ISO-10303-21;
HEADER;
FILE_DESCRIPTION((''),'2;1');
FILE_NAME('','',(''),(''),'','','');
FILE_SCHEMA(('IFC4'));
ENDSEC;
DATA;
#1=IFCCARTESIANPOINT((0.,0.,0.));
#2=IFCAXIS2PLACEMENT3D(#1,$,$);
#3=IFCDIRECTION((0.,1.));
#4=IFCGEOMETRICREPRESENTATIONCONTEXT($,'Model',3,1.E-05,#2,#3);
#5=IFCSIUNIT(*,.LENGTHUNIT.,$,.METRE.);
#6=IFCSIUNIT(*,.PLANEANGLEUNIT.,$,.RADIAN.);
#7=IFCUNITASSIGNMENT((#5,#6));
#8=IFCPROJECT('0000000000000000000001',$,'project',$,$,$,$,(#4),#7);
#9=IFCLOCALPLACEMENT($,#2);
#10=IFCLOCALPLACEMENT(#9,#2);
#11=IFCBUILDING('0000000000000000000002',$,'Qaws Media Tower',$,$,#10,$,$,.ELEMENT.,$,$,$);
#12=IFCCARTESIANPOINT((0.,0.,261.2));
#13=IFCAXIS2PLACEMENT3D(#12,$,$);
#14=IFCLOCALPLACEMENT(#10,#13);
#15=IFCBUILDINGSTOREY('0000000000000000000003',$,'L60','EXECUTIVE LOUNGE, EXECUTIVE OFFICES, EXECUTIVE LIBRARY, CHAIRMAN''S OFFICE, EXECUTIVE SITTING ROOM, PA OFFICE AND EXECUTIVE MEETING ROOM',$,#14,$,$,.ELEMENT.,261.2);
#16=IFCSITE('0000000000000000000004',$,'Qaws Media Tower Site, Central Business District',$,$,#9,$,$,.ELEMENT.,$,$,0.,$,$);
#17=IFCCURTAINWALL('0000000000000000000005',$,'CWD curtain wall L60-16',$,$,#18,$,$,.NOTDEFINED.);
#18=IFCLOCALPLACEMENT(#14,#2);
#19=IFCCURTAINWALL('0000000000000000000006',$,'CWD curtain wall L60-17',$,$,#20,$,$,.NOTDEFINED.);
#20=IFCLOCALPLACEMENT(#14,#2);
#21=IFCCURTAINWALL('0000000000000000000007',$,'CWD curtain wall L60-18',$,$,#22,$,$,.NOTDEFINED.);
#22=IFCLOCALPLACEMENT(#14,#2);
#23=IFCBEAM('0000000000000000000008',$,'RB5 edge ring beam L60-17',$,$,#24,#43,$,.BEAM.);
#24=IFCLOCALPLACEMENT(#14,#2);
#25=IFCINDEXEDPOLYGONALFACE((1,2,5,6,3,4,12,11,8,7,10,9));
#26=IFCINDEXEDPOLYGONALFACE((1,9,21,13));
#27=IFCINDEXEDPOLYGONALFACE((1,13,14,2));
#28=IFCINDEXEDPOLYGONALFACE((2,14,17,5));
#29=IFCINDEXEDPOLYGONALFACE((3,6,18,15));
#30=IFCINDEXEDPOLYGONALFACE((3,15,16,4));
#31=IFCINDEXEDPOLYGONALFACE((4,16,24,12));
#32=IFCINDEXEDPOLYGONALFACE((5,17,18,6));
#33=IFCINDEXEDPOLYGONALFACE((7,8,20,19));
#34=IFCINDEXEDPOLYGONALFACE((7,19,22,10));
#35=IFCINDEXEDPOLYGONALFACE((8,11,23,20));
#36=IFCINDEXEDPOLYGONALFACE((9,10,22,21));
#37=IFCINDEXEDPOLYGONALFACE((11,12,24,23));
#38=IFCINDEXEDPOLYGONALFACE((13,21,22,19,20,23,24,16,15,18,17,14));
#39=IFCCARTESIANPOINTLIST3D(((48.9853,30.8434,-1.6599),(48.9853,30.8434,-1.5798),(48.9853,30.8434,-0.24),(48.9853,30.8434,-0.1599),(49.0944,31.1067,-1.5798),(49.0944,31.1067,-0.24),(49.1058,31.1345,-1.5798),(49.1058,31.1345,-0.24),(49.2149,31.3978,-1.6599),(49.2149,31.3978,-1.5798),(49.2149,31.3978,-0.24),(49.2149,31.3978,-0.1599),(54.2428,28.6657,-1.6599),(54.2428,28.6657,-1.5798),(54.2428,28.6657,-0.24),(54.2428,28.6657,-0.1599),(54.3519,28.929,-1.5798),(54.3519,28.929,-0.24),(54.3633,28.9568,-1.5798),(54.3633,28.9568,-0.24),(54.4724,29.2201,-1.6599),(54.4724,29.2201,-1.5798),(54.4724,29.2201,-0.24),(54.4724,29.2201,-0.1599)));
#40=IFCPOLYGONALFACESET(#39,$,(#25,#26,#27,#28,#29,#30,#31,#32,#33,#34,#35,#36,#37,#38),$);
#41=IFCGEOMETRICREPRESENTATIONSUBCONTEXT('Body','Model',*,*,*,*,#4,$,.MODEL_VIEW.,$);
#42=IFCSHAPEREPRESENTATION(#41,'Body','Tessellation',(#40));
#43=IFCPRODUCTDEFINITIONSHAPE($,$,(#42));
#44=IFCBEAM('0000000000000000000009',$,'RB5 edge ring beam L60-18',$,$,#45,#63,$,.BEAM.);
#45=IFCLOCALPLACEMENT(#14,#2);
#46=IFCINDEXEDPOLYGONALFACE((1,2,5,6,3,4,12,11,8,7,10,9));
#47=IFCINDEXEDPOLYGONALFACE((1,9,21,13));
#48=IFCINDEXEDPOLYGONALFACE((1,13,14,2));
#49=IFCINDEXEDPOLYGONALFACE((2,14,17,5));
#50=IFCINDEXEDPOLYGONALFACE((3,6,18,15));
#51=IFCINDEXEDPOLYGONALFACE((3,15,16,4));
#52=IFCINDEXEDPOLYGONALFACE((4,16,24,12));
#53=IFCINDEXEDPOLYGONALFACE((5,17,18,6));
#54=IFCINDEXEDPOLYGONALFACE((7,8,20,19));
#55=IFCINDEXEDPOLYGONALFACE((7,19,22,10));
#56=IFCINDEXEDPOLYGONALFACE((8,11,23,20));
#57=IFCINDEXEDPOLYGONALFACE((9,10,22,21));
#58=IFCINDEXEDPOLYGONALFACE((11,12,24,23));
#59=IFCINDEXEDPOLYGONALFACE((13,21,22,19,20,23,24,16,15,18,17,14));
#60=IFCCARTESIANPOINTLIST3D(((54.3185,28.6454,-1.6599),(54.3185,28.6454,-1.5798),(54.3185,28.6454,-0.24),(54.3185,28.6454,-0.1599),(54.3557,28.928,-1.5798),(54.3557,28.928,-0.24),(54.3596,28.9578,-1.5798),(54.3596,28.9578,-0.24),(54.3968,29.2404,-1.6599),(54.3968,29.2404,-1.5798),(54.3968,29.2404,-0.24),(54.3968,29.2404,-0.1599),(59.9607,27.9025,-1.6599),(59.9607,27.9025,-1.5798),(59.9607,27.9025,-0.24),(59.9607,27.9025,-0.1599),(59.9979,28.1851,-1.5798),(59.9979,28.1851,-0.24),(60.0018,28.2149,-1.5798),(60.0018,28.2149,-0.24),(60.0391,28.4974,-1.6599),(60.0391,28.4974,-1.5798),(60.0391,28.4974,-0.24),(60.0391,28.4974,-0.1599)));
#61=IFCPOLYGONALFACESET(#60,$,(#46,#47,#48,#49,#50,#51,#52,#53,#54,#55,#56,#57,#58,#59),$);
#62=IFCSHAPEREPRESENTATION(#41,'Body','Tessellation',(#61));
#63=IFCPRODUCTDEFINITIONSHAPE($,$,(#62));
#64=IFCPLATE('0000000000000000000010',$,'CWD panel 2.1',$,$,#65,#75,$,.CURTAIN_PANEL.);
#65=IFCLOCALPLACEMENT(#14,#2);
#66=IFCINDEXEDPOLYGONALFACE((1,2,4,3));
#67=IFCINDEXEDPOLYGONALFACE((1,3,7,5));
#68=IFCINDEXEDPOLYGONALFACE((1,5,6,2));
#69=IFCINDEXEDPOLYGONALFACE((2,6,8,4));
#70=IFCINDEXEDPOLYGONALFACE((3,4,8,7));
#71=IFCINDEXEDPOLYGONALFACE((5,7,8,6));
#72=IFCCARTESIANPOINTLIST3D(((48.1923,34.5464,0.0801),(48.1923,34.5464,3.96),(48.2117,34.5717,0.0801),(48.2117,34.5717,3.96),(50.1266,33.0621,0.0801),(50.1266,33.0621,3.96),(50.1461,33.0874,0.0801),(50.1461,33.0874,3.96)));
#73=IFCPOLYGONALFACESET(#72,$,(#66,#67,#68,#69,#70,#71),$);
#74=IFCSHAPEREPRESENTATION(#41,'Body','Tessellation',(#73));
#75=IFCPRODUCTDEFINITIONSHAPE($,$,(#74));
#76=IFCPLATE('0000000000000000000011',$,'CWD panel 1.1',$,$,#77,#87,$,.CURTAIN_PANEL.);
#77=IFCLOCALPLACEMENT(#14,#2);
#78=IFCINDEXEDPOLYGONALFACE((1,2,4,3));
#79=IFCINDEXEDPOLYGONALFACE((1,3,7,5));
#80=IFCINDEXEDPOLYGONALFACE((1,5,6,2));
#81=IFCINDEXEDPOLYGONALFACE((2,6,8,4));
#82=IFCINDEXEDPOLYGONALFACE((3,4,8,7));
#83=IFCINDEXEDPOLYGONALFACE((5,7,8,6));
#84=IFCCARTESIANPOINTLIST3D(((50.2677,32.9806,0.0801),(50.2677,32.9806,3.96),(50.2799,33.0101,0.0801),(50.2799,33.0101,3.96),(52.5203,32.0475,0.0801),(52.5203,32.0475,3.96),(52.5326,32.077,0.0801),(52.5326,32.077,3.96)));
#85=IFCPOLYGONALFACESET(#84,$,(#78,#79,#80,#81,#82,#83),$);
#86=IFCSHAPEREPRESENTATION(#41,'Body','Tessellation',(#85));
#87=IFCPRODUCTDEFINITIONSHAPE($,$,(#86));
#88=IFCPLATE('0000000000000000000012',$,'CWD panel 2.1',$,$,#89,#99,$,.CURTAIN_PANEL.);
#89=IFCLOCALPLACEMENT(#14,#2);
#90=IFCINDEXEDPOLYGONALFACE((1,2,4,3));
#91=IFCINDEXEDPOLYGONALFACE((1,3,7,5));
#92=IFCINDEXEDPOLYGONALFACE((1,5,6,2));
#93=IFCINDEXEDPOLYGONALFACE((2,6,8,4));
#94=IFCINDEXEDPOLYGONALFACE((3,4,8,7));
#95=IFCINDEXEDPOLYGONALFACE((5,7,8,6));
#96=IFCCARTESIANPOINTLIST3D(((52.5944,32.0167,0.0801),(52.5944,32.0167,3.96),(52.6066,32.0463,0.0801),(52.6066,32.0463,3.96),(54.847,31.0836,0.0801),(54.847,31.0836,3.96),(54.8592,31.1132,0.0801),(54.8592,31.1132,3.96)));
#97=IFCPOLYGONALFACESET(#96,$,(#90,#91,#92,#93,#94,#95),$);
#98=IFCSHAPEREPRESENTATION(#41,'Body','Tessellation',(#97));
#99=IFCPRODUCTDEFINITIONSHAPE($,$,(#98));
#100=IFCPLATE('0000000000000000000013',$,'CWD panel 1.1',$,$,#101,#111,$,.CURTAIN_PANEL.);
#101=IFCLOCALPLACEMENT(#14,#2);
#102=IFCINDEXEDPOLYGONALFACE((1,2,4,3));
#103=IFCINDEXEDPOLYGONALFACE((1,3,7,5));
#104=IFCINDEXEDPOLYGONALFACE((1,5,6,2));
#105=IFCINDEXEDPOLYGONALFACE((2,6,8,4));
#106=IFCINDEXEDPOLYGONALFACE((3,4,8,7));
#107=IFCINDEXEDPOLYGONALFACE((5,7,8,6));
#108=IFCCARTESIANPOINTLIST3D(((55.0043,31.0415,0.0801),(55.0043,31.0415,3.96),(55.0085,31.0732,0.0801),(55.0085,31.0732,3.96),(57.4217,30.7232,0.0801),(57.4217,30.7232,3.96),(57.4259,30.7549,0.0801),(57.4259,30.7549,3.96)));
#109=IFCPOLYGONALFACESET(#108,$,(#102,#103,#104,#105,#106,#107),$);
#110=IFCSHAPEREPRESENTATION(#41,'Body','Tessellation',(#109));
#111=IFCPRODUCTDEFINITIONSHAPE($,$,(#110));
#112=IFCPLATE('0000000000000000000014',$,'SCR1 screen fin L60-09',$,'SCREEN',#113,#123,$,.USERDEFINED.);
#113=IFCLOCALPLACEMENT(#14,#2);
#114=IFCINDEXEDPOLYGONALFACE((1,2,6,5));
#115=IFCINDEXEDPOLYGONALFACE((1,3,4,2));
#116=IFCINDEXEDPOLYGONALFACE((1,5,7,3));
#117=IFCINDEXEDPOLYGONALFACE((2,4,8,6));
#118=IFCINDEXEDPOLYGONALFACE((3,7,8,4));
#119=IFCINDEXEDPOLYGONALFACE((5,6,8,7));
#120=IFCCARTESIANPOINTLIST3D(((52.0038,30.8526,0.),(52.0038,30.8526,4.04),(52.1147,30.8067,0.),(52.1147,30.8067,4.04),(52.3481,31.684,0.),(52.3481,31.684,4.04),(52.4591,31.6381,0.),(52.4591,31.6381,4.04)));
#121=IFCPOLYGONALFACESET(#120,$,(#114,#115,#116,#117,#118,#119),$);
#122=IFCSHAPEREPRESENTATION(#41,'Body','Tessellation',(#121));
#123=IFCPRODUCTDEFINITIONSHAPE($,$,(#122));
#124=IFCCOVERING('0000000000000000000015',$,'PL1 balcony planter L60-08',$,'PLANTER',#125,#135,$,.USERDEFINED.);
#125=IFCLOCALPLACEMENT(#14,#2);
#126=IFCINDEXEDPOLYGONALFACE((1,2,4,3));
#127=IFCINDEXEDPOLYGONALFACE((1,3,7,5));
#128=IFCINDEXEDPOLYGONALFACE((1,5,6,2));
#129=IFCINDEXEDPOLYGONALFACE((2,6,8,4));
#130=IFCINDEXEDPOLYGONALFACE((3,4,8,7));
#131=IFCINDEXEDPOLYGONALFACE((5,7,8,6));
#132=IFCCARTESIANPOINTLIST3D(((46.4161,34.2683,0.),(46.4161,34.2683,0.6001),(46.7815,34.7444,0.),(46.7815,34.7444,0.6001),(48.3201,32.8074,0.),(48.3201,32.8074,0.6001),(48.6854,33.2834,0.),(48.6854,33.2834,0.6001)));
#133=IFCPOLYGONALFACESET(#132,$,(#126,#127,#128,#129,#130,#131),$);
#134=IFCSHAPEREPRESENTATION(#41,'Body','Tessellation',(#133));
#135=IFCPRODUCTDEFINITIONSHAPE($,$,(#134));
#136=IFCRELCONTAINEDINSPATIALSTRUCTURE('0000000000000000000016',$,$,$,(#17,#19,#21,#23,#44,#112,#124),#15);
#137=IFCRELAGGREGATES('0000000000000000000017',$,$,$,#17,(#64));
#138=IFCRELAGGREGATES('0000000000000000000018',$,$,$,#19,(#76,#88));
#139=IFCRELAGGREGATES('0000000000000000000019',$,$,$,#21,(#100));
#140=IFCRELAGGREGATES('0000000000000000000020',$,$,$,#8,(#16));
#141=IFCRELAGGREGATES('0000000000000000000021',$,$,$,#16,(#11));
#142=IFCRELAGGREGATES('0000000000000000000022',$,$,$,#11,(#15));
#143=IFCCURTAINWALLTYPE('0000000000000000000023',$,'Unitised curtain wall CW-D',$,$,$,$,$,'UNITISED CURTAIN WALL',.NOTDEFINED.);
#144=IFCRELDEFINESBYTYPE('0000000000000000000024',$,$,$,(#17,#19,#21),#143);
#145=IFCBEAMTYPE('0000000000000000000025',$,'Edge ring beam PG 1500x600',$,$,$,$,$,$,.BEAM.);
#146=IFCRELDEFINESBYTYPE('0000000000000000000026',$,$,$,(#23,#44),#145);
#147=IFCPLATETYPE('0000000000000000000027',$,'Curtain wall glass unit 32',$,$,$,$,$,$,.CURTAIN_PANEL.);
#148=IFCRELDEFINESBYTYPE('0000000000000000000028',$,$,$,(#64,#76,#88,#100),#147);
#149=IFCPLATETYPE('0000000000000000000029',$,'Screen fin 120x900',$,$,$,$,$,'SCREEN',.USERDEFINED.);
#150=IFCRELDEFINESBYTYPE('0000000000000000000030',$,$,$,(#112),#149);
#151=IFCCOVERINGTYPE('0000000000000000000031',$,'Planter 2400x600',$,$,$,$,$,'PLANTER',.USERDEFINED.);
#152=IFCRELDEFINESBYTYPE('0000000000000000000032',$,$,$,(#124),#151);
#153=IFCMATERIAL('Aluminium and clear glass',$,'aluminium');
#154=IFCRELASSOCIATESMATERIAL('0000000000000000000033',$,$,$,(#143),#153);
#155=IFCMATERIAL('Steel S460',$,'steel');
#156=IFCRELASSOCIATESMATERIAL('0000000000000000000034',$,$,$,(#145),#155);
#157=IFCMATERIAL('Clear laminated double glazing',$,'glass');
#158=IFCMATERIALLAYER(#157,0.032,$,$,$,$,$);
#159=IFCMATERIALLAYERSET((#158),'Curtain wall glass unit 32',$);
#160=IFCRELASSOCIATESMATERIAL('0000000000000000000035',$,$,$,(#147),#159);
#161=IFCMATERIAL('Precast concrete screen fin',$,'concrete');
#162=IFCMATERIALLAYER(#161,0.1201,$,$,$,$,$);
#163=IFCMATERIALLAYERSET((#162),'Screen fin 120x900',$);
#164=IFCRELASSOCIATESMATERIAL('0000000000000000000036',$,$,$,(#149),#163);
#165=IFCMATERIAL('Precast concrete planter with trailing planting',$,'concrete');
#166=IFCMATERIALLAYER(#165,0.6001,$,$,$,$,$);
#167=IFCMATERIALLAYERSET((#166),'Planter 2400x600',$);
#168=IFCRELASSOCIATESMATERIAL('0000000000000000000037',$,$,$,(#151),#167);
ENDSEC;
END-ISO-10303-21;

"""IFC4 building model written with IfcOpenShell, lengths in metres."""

from ifc_helpers import new_model, si_unit, direction, frame, origin, origin_2d, place, context, subcontext, project, spatial, rectangle, i_section, extrude, material, layer, layer_set, material_profile, profile_set, type_object, element, aggregate, save


model = new_model("IFC4")

# Units and contexts
model_context = context("Model", 3, precision=1e-05, world=origin(), true_north=direction((0.0, 1.0)))
body_context = subcontext(model_context, "Body", "Model", "MODEL_VIEW")
ifc_project = project(units=[si_unit("LENGTHUNIT", "METRE"), si_unit("PLANEANGLEUNIT", "RADIAN")], contexts=[model_context])

# Site, building, storey
site_placement = place(None, origin())
site = spatial("IfcSite", under=ifc_project, at=site_placement, Name="Qaws Media Tower Site, Central Business District", CompositionType="ELEMENT", RefElevation=0.0)
building_placement = place(site_placement, origin())
building = spatial("IfcBuilding", under=site, at=building_placement, Name="Qaws Media Tower", CompositionType="ELEMENT")
storey_placement = place(building_placement, frame((0.0, 0.0, 261.2)))
storey = spatial("IfcBuildingStorey", under=building, at=storey_placement, Name="L60", Description="EXECUTIVE LOUNGE, EXECUTIVE OFFICES, EXECUTIVE LIBRARY, CHAIRMAN'S OFFICE, EXECUTIVE SITTING ROOM, PA OFFICE AND EXECUTIVE MEETING ROOM", CompositionType="ELEMENT", Elevation=261.2)

# Curtain walls
ifc_material_1 = material(Name="Aluminium and clear glass", Category="aluminium")
curtain_wall_type = type_object("IfcCurtainWallType", Name="Unitised curtain wall CW-D", ElementType="UNITISED CURTAIN WALL", PredefinedType="NOTDEFINED", material=ifc_material_1)
curtain_wall_1_placement = place(storey_placement, origin())
curtain_wall_1 = element("IfcCurtainWall", 1, at=curtain_wall_1_placement, inside=storey, type_object=curtain_wall_type, Name="CWD curtain wall L60-16", PredefinedType="NOTDEFINED")
curtain_wall_2_placement = place(storey_placement, origin())
curtain_wall_2 = element("IfcCurtainWall", 2, at=curtain_wall_2_placement, inside=storey, type_object=curtain_wall_type, Name="CWD curtain wall L60-17", PredefinedType="NOTDEFINED")

# Curtain wall
curtain_wall_3_placement = place(storey_placement, origin())
curtain_wall_3 = element("IfcCurtainWall", 3, at=curtain_wall_3_placement, inside=storey, type_object=curtain_wall_type, Name="CWD curtain wall L60-18", PredefinedType="NOTDEFINED")

# Beams
ifc_material_2 = material(Name="Steel S460", Category="steel")
ifc_material_profile_1 = material_profile(ifc_material_2, i_section(OverallWidth=0.6001, OverallDepth=1.5, WebThickness=0.03, FlangeThickness=0.0801, at=origin_2d()), Name="PG 1500x600")
ifc_profile_set_1 = profile_set([ifc_material_profile_1], Name="Steel S460")
beam_type = type_object("IfcBeamType", Name="Edge ring beam PG 1500x600", PredefinedType="BEAM", material=ifc_profile_set_1)
beam_1_placement = place(storey_placement, frame((49.1001, 31.1206, -0.9099), z_axis=(0.923881, -0.38268, 0.0), x_axis=(0.38268, 0.923881, 0.0)))
element("IfcBeam", 4, at=beam_1_placement, inside=storey, type_object=beam_type, Name="RB5 edge ring beam L60-17", PredefinedType="BEAM", context=body_context, shape_type="SweptSolid", body=[
    extrude(i_section(OverallWidth=0.6001, OverallDepth=1.5, WebThickness=0.03, FlangeThickness=0.0801, at=origin_2d()), origin(), (0.0, 0.0, 1.0), 5.6907),
])
beam_2_placement = place(storey_placement, frame((54.3577, 28.9429, -0.9099), z_axis=(0.991443, -0.130542, 0.0), x_axis=(0.130542, 0.991443, 0.0)))
element("IfcBeam", 5, at=beam_2_placement, inside=storey, type_object=beam_type, Name="RB5 edge ring beam L60-18", PredefinedType="BEAM", context=body_context, shape_type="SweptSolid", body=[
    extrude(i_section(OverallWidth=0.6001, OverallDepth=1.5, WebThickness=0.03, FlangeThickness=0.0801, at=origin_2d()), origin(), (0.0, 0.0, 1.0), 5.6909),
])

# Plates
ifc_material_3 = material(Name="Clear laminated double glazing", Category="glass")
ifc_layer_1 = layer(ifc_material_3, 0.032)
ifc_layer_set_1 = layer_set([ifc_layer_1], Name="Curtain wall glass unit 32")
plate_type_1 = type_object("IfcPlateType", Name="Curtain wall glass unit 32", PredefinedType="CURTAIN_PANEL", material=ifc_layer_set_1)
plate_1_placement = place(storey_placement, frame((49.1692, 33.8169, 0.0801), z_axis=(0.0, 0.0, 1.0), x_axis=(0.793353, -0.608761, 0.0)))
plate_1 = element("IfcPlate", 6, at=plate_1_placement, type_object=plate_type_1, Name="CWD panel 2.1", PredefinedType="CURTAIN_PANEL", context=body_context, shape_type="SweptSolid", body=[
    extrude(rectangle(XDim=2.4382, YDim=0.032, at=origin_2d()), origin(), (0.0, 0.0, 1.0), 3.8799),
])
aggregate(curtain_wall_1, [plate_1])
plate_2_placement = place(storey_placement, frame((51.4001, 32.5288, 0.0801), z_axis=(0.0, 0.0, 1.0), x_axis=(0.92388, -0.382683, 0.0)))
plate_2 = element("IfcPlate", 7, at=plate_2_placement, type_object=plate_type_1, Name="CWD panel 1.1", PredefinedType="CURTAIN_PANEL", context=body_context, shape_type="SweptSolid", body=[
    extrude(rectangle(XDim=2.4382, YDim=0.032, at=origin_2d()), origin(), (0.0, 0.0, 1.0), 3.8799),
])
plate_3_placement = place(storey_placement, frame((53.7268, 31.5649, 0.0801), z_axis=(0.0, 0.0, 1.0), x_axis=(0.92388, -0.382683, 0.0)))
plate_3 = element("IfcPlate", 8, at=plate_3_placement, type_object=plate_type_1, Name="CWD panel 2.1", PredefinedType="CURTAIN_PANEL", context=body_context, shape_type="SweptSolid", body=[
    extrude(rectangle(XDim=2.4382, YDim=0.032, at=origin_2d()), origin(), (0.0, 0.0, 1.0), 3.8799),
])
aggregate(curtain_wall_2, [plate_2, plate_3])
plate_4_placement = place(storey_placement, frame((56.2151, 30.8982, 0.0801), z_axis=(0.0, 0.0, 1.0), x_axis=(0.991445, -0.130526, 0.0)))
plate_4 = element("IfcPlate", 9, at=plate_4_placement, type_object=plate_type_1, Name="CWD panel 1.1", PredefinedType="CURTAIN_PANEL", context=body_context, shape_type="SweptSolid", body=[
    extrude(rectangle(XDim=2.4382, YDim=0.032, at=origin_2d()), origin(), (0.0, 0.0, 1.0), 3.8799),
])
aggregate(curtain_wall_3, [plate_4])
ifc_material_4 = material(Name="Precast concrete screen fin", Category="concrete")
ifc_layer_2 = layer(ifc_material_4, 0.1201)
ifc_layer_set_2 = layer_set([ifc_layer_2], Name="Screen fin 120x900")
plate_type_2 = type_object("IfcPlateType", Name="Screen fin 120x900", ElementType="SCREEN", PredefinedType="USERDEFINED", material=ifc_layer_set_2)
plate_5_placement = place(storey_placement, frame((52.2314, 31.2454, 0.0), z_axis=(0.0, 0.0, 1.0), x_axis=(-0.382683, -0.92388, 0.0)))
element("IfcPlate", 10, at=plate_5_placement, inside=storey, type_object=plate_type_2, Name="SCR1 screen fin L60-09", ObjectType="SCREEN", PredefinedType="USERDEFINED", context=body_context, shape_type="SweptSolid", body=[
    extrude(rectangle(XDim=0.8999, YDim=0.1201, at=origin_2d()), origin(), (0.0, 0.0, 1.0), 4.04),
])

# Covering
ifc_material_5 = material(Name="Precast concrete planter with trailing planting", Category="concrete")
ifc_layer_3 = layer(ifc_material_5, 0.6001)
ifc_layer_set_3 = layer_set([ifc_layer_3], Name="Planter 2400x600")
covering_type = type_object("IfcCoveringType", Name="Planter 2400x600", ElementType="PLANTER", PredefinedType="USERDEFINED", material=ifc_layer_set_3)
covering_placement = place(storey_placement, frame((47.5508, 33.7759, 0.0), z_axis=(0.0, 0.0, 1.0), x_axis=(0.793353, -0.608761, 0.0)))
element("IfcCovering", 11, at=covering_placement, inside=storey, type_object=covering_type, Name="PL1 balcony planter L60-08", ObjectType="PLANTER", PredefinedType="USERDEFINED", context=body_context, shape_type="SweptSolid", body=[
    extrude(rectangle(XDim=2.3999, YDim=0.6001, at=origin_2d()), origin(), (0.0, 0.0, 1.0), 0.6001),
])

save(model, "model.ifc")
